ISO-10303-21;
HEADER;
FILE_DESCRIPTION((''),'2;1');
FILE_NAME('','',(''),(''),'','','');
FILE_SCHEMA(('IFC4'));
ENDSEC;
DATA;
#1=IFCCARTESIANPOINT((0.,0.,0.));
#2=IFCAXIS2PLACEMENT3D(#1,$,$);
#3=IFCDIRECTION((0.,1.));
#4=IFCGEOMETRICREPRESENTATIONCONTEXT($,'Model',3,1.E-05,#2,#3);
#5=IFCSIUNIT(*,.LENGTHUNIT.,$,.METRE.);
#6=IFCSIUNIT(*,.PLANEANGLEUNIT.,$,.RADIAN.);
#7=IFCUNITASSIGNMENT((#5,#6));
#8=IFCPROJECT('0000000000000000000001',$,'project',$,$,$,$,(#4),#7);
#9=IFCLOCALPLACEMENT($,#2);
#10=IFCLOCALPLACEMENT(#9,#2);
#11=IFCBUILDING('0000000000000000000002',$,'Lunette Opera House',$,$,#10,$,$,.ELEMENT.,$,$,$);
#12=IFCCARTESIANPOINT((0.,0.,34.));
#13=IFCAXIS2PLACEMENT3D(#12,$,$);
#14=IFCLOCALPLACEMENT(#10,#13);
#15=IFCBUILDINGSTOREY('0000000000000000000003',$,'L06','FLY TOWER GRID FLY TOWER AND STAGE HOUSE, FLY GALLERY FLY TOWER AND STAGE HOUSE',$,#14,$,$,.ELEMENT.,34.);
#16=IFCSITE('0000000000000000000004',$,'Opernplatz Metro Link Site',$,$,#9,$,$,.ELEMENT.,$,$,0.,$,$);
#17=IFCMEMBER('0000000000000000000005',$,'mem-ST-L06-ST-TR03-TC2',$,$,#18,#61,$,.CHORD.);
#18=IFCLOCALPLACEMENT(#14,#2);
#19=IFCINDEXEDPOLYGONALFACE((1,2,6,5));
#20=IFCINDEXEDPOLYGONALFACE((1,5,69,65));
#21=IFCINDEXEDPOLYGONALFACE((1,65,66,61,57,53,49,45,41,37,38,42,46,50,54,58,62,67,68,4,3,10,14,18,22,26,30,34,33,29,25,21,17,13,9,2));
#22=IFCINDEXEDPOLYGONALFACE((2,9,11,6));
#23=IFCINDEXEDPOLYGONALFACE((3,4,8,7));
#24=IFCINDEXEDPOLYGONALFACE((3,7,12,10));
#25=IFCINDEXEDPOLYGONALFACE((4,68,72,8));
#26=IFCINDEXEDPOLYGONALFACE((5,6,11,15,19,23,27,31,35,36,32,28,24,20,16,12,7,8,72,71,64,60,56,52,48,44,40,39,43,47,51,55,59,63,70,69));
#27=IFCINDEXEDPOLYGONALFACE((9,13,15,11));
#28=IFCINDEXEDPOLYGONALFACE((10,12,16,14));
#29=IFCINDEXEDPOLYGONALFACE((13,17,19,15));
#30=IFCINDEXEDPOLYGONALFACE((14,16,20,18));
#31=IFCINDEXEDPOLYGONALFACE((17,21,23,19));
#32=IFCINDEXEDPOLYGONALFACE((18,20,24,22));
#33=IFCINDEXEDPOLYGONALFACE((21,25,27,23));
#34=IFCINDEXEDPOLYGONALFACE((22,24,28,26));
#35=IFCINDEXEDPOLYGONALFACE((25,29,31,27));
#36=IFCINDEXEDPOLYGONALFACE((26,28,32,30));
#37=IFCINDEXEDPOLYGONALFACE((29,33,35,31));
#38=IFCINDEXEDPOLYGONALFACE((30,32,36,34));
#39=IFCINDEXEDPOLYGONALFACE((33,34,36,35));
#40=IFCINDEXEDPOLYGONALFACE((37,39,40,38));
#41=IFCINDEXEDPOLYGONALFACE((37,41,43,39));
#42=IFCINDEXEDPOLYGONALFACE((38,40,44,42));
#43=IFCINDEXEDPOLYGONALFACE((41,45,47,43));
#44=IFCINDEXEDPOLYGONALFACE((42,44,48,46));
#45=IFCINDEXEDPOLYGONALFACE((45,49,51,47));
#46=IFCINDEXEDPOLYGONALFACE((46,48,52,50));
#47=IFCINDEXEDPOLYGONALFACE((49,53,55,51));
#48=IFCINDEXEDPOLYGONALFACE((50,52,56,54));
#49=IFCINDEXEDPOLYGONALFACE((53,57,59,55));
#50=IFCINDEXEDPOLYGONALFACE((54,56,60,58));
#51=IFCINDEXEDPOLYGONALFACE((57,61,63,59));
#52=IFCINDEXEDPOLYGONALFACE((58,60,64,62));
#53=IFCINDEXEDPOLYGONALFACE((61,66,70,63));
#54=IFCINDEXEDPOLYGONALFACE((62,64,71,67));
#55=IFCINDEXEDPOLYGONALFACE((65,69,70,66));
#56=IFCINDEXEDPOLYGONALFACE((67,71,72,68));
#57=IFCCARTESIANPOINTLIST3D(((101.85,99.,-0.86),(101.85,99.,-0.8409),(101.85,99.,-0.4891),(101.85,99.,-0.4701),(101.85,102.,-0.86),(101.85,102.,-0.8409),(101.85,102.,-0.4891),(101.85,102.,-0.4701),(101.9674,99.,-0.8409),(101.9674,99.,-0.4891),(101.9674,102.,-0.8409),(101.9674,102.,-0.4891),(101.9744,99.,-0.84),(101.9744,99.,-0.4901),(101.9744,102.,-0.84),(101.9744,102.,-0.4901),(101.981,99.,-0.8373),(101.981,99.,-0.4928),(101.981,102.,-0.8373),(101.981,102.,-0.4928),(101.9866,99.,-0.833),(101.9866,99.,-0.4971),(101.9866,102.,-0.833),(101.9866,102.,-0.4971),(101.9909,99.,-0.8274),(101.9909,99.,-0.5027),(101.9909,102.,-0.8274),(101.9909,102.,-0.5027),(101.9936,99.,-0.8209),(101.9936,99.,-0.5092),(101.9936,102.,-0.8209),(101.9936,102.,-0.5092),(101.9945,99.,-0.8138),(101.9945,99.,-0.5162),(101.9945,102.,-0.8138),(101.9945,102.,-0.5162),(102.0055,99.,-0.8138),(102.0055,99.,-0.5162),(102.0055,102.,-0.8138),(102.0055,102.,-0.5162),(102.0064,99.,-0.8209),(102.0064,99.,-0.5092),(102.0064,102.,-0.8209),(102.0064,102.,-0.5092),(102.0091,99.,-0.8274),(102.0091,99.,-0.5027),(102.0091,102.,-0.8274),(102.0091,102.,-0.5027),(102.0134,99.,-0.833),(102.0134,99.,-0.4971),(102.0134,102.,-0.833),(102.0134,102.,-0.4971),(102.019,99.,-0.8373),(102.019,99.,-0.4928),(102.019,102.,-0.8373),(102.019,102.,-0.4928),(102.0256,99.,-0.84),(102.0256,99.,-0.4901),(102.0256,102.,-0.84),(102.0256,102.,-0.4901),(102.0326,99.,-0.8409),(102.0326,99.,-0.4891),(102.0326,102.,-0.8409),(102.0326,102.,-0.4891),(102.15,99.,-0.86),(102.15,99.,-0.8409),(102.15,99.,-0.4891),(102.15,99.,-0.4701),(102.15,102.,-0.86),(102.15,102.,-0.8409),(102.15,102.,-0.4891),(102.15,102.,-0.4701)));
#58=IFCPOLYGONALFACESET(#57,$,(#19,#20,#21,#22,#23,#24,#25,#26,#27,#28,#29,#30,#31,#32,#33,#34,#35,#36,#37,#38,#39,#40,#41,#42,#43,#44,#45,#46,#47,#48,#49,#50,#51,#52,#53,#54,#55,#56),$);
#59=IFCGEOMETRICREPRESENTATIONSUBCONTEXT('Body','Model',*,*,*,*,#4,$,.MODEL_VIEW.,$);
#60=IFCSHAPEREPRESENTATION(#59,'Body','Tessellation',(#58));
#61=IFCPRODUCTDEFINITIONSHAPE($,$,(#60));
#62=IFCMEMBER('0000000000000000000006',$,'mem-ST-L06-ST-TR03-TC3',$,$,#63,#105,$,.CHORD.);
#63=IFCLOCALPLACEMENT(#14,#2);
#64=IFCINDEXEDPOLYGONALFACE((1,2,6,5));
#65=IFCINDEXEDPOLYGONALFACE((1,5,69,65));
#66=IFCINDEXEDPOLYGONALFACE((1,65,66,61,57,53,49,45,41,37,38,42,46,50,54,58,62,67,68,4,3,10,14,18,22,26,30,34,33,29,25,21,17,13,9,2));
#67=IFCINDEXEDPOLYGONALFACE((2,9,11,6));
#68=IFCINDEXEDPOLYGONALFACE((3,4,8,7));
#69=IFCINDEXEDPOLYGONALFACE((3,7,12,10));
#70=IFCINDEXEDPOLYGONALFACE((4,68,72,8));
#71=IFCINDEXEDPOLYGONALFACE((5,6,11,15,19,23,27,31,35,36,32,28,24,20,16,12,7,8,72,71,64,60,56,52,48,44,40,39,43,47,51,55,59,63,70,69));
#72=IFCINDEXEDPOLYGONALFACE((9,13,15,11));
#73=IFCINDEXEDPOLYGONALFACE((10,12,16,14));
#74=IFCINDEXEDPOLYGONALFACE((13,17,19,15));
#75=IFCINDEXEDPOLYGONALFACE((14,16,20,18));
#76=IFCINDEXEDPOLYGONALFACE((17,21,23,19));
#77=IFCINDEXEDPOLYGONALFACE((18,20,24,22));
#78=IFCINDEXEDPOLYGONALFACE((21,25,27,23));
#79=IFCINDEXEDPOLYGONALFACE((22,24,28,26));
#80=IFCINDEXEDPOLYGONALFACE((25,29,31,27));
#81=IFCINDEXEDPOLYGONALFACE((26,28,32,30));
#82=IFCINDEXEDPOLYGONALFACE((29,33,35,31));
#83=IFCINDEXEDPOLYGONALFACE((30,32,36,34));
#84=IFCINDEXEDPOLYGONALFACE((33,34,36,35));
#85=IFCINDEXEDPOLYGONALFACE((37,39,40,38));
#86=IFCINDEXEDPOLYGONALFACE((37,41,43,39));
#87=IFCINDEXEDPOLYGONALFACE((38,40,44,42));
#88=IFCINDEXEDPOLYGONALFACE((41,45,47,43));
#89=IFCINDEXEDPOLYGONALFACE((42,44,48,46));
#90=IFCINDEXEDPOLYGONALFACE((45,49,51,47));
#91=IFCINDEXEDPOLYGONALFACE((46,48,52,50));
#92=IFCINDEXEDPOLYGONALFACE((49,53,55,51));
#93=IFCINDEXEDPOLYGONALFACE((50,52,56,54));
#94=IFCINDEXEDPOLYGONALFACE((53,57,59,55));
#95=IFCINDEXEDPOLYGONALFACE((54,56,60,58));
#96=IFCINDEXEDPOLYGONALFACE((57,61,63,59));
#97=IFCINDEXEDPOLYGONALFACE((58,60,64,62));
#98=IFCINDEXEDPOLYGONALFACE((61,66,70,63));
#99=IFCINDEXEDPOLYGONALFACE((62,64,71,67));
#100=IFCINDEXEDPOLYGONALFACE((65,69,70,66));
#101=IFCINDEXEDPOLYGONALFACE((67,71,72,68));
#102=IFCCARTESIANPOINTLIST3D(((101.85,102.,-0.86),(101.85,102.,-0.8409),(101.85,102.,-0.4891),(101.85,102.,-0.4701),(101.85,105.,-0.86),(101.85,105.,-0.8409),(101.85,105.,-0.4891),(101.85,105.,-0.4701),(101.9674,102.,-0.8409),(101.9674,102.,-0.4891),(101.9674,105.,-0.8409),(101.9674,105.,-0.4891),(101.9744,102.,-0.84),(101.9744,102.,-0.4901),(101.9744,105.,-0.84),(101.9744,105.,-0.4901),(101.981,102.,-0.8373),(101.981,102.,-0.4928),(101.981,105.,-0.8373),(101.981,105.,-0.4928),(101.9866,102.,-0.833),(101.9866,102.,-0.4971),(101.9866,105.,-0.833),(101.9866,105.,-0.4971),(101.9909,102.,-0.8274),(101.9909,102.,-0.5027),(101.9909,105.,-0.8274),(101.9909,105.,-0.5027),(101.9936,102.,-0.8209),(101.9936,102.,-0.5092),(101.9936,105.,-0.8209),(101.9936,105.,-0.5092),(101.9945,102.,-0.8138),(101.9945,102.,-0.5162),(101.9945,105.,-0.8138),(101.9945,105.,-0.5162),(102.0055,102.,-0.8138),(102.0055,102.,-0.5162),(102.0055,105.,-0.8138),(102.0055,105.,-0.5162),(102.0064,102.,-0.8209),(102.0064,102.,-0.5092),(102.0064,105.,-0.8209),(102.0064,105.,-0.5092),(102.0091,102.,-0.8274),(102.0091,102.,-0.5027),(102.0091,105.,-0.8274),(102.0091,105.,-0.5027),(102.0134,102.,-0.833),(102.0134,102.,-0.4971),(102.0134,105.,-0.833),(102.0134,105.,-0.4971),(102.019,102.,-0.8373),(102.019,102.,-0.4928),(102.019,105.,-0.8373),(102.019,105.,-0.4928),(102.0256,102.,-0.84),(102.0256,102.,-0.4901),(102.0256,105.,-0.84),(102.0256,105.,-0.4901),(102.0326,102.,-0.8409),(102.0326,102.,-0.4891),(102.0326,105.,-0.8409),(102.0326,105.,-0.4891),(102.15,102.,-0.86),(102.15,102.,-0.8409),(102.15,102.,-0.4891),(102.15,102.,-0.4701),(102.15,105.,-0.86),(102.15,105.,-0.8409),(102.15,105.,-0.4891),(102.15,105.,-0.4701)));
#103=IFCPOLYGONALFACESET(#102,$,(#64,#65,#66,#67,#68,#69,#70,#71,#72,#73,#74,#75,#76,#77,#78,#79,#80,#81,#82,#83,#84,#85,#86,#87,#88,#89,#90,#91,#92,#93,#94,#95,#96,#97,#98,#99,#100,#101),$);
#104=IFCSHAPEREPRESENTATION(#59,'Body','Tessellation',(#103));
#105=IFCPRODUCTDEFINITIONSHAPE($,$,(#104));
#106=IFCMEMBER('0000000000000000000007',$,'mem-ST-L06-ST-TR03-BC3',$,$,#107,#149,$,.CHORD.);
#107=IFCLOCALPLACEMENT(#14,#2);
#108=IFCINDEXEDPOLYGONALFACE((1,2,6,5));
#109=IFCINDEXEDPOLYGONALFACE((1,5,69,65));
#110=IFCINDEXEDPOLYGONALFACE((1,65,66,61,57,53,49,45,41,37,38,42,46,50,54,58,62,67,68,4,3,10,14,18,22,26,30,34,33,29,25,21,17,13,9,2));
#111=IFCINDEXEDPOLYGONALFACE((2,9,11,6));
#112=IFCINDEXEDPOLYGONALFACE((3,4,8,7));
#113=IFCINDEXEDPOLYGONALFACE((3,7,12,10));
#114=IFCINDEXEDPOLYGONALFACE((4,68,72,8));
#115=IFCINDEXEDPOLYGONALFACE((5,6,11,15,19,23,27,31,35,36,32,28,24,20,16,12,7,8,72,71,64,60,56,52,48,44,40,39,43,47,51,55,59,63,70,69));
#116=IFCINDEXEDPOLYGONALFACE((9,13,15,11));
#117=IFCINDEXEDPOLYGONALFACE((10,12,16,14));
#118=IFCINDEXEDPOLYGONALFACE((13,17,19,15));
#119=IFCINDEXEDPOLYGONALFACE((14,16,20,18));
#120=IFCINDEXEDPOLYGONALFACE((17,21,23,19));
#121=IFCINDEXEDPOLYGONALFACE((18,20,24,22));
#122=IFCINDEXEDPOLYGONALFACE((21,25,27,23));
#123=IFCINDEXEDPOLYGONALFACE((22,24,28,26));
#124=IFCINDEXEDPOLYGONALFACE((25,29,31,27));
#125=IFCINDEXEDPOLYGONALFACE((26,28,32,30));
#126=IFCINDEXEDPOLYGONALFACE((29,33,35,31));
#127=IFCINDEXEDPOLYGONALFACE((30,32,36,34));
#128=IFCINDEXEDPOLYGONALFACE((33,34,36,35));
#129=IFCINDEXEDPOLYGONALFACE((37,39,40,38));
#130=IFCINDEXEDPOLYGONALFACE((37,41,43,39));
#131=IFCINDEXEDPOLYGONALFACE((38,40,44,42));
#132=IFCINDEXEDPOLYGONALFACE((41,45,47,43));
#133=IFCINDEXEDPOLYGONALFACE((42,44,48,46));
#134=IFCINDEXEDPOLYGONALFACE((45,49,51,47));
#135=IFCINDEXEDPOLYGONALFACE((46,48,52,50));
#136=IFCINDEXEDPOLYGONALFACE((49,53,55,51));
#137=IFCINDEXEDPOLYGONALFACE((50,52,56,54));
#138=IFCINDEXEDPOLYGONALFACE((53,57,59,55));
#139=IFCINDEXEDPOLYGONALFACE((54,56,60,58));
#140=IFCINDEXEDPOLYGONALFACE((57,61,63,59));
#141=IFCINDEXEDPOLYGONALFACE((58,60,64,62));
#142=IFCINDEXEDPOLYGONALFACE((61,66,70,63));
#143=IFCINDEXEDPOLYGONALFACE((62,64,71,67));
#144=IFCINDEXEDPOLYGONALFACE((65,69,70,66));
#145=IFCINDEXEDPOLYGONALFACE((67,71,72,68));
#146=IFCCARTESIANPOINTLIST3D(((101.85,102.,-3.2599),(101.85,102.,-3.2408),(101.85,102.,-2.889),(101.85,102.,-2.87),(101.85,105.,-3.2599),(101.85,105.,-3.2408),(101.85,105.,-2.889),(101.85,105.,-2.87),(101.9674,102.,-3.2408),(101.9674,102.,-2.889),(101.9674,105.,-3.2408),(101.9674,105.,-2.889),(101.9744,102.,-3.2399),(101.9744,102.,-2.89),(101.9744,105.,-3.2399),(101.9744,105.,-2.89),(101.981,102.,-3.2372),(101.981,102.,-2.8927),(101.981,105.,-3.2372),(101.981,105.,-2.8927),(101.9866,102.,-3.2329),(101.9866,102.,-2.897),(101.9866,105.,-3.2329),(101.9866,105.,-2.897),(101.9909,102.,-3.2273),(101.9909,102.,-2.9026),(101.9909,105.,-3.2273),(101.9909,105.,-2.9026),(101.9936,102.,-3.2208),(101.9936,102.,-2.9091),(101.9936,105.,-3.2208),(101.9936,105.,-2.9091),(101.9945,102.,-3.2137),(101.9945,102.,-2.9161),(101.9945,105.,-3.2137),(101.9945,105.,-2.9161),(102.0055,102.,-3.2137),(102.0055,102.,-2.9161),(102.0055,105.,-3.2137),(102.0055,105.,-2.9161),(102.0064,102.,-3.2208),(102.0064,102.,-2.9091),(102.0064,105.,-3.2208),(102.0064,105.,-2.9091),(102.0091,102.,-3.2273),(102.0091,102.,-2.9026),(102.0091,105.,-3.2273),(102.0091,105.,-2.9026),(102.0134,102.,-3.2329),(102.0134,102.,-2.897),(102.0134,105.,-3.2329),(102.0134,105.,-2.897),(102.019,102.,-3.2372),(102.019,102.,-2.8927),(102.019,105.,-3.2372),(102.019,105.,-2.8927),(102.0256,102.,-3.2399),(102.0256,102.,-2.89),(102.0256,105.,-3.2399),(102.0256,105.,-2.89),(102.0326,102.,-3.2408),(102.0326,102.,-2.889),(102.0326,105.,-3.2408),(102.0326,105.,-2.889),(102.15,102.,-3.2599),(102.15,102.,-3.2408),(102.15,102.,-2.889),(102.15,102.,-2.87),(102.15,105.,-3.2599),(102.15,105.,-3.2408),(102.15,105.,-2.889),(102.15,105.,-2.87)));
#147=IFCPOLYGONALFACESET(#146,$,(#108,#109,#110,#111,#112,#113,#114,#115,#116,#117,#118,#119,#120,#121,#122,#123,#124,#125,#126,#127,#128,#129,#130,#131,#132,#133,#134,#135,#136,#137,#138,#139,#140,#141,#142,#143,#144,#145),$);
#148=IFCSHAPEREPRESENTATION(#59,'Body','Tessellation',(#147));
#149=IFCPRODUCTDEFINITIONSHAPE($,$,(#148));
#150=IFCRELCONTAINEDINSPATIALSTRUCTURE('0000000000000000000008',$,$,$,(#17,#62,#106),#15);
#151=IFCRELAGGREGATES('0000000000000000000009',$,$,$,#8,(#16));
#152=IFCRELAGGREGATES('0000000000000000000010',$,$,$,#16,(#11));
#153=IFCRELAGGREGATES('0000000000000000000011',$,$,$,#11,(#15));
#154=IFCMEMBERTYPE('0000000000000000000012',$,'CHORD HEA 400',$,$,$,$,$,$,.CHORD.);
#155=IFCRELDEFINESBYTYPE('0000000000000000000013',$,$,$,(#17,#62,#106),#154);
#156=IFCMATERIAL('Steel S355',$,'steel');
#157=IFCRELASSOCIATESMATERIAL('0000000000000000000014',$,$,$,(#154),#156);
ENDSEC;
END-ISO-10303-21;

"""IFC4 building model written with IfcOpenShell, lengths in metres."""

from ifc_helpers import new_model, si_unit, direction, frame, origin, origin_2d, place, context, subcontext, project, spatial, i_section, extrude, material, material_profile, profile_set, type_object, element, save


model = new_model("IFC4")

# Units and contexts
model_context = context("Model", 3, precision=1e-05, world=origin(), true_north=direction((0.0, 1.0)))
body_context = subcontext(model_context, "Body", "Model", "MODEL_VIEW")
ifc_project = project(units=[si_unit("LENGTHUNIT", "METRE"), si_unit("PLANEANGLEUNIT", "RADIAN")], contexts=[model_context])

# Site, building, storey
site_placement = place(None, origin())
site = spatial("IfcSite", under=ifc_project, at=site_placement, Name="Opernplatz Metro Link Site", CompositionType="ELEMENT", RefElevation=0.0)
building_placement = place(site_placement, origin())
building = spatial("IfcBuilding", under=site, at=building_placement, Name="Lunette Opera House", CompositionType="ELEMENT")
storey_placement = place(building_placement, frame((0.0, 0.0, 34.0)))
storey = spatial("IfcBuildingStorey", under=building, at=storey_placement, Name="L06", Description="FLY TOWER GRID FLY TOWER AND STAGE HOUSE, FLY GALLERY FLY TOWER AND STAGE HOUSE", CompositionType="ELEMENT", Elevation=34.0)

# Members
ifc_material_1 = material(Name="Steel S355", Category="steel")
ifc_material_profile_1 = material_profile(ifc_material_1, i_section(OverallWidth=0.3, OverallDepth=0.3899, WebThickness=0.011, FlangeThickness=0.019, FilletRadius=0.0271, at=origin_2d()), Name="HEA 400")
ifc_profile_set_1 = profile_set([ifc_material_profile_1], Name="Steel S355")
member_type_1 = type_object("IfcMemberType", Name="CHORD HEA 400", PredefinedType="CHORD", material=ifc_profile_set_1)
for number, where, z_axis, x_axis, name in (
    (1, (102.0, 99.0, -0.665), (0.0, 1.0, 0.0), (-1.0, 0.0, 0.0), "mem-ST-L06-ST-TR03-TC2"),
    (2, (102.0, 102.0, -0.665), (0.0, 1.0, 0.0), (-1.0, 0.0, 0.0), "mem-ST-L06-ST-TR03-TC3"),
    (3, (102.0, 102.0, -3.0649), (0.0, 1.0, 0.0), (-1.0, 0.0, 0.0), "mem-ST-L06-ST-TR03-BC3"),
):
    element("IfcMember", number, at=place(storey_placement, frame(where, z_axis=z_axis, x_axis=x_axis)), inside=storey, type_object=member_type_1, Name=name, PredefinedType="CHORD", context=body_context, shape_type="SweptSolid", body=[
        extrude(i_section(OverallWidth=0.3, OverallDepth=0.3899, WebThickness=0.011, FlangeThickness=0.019, FilletRadius=0.0271, at=origin_2d()), origin(), (0.0, 0.0, 1.0), 3.0),
    ])

save(model, "model.ifc")
